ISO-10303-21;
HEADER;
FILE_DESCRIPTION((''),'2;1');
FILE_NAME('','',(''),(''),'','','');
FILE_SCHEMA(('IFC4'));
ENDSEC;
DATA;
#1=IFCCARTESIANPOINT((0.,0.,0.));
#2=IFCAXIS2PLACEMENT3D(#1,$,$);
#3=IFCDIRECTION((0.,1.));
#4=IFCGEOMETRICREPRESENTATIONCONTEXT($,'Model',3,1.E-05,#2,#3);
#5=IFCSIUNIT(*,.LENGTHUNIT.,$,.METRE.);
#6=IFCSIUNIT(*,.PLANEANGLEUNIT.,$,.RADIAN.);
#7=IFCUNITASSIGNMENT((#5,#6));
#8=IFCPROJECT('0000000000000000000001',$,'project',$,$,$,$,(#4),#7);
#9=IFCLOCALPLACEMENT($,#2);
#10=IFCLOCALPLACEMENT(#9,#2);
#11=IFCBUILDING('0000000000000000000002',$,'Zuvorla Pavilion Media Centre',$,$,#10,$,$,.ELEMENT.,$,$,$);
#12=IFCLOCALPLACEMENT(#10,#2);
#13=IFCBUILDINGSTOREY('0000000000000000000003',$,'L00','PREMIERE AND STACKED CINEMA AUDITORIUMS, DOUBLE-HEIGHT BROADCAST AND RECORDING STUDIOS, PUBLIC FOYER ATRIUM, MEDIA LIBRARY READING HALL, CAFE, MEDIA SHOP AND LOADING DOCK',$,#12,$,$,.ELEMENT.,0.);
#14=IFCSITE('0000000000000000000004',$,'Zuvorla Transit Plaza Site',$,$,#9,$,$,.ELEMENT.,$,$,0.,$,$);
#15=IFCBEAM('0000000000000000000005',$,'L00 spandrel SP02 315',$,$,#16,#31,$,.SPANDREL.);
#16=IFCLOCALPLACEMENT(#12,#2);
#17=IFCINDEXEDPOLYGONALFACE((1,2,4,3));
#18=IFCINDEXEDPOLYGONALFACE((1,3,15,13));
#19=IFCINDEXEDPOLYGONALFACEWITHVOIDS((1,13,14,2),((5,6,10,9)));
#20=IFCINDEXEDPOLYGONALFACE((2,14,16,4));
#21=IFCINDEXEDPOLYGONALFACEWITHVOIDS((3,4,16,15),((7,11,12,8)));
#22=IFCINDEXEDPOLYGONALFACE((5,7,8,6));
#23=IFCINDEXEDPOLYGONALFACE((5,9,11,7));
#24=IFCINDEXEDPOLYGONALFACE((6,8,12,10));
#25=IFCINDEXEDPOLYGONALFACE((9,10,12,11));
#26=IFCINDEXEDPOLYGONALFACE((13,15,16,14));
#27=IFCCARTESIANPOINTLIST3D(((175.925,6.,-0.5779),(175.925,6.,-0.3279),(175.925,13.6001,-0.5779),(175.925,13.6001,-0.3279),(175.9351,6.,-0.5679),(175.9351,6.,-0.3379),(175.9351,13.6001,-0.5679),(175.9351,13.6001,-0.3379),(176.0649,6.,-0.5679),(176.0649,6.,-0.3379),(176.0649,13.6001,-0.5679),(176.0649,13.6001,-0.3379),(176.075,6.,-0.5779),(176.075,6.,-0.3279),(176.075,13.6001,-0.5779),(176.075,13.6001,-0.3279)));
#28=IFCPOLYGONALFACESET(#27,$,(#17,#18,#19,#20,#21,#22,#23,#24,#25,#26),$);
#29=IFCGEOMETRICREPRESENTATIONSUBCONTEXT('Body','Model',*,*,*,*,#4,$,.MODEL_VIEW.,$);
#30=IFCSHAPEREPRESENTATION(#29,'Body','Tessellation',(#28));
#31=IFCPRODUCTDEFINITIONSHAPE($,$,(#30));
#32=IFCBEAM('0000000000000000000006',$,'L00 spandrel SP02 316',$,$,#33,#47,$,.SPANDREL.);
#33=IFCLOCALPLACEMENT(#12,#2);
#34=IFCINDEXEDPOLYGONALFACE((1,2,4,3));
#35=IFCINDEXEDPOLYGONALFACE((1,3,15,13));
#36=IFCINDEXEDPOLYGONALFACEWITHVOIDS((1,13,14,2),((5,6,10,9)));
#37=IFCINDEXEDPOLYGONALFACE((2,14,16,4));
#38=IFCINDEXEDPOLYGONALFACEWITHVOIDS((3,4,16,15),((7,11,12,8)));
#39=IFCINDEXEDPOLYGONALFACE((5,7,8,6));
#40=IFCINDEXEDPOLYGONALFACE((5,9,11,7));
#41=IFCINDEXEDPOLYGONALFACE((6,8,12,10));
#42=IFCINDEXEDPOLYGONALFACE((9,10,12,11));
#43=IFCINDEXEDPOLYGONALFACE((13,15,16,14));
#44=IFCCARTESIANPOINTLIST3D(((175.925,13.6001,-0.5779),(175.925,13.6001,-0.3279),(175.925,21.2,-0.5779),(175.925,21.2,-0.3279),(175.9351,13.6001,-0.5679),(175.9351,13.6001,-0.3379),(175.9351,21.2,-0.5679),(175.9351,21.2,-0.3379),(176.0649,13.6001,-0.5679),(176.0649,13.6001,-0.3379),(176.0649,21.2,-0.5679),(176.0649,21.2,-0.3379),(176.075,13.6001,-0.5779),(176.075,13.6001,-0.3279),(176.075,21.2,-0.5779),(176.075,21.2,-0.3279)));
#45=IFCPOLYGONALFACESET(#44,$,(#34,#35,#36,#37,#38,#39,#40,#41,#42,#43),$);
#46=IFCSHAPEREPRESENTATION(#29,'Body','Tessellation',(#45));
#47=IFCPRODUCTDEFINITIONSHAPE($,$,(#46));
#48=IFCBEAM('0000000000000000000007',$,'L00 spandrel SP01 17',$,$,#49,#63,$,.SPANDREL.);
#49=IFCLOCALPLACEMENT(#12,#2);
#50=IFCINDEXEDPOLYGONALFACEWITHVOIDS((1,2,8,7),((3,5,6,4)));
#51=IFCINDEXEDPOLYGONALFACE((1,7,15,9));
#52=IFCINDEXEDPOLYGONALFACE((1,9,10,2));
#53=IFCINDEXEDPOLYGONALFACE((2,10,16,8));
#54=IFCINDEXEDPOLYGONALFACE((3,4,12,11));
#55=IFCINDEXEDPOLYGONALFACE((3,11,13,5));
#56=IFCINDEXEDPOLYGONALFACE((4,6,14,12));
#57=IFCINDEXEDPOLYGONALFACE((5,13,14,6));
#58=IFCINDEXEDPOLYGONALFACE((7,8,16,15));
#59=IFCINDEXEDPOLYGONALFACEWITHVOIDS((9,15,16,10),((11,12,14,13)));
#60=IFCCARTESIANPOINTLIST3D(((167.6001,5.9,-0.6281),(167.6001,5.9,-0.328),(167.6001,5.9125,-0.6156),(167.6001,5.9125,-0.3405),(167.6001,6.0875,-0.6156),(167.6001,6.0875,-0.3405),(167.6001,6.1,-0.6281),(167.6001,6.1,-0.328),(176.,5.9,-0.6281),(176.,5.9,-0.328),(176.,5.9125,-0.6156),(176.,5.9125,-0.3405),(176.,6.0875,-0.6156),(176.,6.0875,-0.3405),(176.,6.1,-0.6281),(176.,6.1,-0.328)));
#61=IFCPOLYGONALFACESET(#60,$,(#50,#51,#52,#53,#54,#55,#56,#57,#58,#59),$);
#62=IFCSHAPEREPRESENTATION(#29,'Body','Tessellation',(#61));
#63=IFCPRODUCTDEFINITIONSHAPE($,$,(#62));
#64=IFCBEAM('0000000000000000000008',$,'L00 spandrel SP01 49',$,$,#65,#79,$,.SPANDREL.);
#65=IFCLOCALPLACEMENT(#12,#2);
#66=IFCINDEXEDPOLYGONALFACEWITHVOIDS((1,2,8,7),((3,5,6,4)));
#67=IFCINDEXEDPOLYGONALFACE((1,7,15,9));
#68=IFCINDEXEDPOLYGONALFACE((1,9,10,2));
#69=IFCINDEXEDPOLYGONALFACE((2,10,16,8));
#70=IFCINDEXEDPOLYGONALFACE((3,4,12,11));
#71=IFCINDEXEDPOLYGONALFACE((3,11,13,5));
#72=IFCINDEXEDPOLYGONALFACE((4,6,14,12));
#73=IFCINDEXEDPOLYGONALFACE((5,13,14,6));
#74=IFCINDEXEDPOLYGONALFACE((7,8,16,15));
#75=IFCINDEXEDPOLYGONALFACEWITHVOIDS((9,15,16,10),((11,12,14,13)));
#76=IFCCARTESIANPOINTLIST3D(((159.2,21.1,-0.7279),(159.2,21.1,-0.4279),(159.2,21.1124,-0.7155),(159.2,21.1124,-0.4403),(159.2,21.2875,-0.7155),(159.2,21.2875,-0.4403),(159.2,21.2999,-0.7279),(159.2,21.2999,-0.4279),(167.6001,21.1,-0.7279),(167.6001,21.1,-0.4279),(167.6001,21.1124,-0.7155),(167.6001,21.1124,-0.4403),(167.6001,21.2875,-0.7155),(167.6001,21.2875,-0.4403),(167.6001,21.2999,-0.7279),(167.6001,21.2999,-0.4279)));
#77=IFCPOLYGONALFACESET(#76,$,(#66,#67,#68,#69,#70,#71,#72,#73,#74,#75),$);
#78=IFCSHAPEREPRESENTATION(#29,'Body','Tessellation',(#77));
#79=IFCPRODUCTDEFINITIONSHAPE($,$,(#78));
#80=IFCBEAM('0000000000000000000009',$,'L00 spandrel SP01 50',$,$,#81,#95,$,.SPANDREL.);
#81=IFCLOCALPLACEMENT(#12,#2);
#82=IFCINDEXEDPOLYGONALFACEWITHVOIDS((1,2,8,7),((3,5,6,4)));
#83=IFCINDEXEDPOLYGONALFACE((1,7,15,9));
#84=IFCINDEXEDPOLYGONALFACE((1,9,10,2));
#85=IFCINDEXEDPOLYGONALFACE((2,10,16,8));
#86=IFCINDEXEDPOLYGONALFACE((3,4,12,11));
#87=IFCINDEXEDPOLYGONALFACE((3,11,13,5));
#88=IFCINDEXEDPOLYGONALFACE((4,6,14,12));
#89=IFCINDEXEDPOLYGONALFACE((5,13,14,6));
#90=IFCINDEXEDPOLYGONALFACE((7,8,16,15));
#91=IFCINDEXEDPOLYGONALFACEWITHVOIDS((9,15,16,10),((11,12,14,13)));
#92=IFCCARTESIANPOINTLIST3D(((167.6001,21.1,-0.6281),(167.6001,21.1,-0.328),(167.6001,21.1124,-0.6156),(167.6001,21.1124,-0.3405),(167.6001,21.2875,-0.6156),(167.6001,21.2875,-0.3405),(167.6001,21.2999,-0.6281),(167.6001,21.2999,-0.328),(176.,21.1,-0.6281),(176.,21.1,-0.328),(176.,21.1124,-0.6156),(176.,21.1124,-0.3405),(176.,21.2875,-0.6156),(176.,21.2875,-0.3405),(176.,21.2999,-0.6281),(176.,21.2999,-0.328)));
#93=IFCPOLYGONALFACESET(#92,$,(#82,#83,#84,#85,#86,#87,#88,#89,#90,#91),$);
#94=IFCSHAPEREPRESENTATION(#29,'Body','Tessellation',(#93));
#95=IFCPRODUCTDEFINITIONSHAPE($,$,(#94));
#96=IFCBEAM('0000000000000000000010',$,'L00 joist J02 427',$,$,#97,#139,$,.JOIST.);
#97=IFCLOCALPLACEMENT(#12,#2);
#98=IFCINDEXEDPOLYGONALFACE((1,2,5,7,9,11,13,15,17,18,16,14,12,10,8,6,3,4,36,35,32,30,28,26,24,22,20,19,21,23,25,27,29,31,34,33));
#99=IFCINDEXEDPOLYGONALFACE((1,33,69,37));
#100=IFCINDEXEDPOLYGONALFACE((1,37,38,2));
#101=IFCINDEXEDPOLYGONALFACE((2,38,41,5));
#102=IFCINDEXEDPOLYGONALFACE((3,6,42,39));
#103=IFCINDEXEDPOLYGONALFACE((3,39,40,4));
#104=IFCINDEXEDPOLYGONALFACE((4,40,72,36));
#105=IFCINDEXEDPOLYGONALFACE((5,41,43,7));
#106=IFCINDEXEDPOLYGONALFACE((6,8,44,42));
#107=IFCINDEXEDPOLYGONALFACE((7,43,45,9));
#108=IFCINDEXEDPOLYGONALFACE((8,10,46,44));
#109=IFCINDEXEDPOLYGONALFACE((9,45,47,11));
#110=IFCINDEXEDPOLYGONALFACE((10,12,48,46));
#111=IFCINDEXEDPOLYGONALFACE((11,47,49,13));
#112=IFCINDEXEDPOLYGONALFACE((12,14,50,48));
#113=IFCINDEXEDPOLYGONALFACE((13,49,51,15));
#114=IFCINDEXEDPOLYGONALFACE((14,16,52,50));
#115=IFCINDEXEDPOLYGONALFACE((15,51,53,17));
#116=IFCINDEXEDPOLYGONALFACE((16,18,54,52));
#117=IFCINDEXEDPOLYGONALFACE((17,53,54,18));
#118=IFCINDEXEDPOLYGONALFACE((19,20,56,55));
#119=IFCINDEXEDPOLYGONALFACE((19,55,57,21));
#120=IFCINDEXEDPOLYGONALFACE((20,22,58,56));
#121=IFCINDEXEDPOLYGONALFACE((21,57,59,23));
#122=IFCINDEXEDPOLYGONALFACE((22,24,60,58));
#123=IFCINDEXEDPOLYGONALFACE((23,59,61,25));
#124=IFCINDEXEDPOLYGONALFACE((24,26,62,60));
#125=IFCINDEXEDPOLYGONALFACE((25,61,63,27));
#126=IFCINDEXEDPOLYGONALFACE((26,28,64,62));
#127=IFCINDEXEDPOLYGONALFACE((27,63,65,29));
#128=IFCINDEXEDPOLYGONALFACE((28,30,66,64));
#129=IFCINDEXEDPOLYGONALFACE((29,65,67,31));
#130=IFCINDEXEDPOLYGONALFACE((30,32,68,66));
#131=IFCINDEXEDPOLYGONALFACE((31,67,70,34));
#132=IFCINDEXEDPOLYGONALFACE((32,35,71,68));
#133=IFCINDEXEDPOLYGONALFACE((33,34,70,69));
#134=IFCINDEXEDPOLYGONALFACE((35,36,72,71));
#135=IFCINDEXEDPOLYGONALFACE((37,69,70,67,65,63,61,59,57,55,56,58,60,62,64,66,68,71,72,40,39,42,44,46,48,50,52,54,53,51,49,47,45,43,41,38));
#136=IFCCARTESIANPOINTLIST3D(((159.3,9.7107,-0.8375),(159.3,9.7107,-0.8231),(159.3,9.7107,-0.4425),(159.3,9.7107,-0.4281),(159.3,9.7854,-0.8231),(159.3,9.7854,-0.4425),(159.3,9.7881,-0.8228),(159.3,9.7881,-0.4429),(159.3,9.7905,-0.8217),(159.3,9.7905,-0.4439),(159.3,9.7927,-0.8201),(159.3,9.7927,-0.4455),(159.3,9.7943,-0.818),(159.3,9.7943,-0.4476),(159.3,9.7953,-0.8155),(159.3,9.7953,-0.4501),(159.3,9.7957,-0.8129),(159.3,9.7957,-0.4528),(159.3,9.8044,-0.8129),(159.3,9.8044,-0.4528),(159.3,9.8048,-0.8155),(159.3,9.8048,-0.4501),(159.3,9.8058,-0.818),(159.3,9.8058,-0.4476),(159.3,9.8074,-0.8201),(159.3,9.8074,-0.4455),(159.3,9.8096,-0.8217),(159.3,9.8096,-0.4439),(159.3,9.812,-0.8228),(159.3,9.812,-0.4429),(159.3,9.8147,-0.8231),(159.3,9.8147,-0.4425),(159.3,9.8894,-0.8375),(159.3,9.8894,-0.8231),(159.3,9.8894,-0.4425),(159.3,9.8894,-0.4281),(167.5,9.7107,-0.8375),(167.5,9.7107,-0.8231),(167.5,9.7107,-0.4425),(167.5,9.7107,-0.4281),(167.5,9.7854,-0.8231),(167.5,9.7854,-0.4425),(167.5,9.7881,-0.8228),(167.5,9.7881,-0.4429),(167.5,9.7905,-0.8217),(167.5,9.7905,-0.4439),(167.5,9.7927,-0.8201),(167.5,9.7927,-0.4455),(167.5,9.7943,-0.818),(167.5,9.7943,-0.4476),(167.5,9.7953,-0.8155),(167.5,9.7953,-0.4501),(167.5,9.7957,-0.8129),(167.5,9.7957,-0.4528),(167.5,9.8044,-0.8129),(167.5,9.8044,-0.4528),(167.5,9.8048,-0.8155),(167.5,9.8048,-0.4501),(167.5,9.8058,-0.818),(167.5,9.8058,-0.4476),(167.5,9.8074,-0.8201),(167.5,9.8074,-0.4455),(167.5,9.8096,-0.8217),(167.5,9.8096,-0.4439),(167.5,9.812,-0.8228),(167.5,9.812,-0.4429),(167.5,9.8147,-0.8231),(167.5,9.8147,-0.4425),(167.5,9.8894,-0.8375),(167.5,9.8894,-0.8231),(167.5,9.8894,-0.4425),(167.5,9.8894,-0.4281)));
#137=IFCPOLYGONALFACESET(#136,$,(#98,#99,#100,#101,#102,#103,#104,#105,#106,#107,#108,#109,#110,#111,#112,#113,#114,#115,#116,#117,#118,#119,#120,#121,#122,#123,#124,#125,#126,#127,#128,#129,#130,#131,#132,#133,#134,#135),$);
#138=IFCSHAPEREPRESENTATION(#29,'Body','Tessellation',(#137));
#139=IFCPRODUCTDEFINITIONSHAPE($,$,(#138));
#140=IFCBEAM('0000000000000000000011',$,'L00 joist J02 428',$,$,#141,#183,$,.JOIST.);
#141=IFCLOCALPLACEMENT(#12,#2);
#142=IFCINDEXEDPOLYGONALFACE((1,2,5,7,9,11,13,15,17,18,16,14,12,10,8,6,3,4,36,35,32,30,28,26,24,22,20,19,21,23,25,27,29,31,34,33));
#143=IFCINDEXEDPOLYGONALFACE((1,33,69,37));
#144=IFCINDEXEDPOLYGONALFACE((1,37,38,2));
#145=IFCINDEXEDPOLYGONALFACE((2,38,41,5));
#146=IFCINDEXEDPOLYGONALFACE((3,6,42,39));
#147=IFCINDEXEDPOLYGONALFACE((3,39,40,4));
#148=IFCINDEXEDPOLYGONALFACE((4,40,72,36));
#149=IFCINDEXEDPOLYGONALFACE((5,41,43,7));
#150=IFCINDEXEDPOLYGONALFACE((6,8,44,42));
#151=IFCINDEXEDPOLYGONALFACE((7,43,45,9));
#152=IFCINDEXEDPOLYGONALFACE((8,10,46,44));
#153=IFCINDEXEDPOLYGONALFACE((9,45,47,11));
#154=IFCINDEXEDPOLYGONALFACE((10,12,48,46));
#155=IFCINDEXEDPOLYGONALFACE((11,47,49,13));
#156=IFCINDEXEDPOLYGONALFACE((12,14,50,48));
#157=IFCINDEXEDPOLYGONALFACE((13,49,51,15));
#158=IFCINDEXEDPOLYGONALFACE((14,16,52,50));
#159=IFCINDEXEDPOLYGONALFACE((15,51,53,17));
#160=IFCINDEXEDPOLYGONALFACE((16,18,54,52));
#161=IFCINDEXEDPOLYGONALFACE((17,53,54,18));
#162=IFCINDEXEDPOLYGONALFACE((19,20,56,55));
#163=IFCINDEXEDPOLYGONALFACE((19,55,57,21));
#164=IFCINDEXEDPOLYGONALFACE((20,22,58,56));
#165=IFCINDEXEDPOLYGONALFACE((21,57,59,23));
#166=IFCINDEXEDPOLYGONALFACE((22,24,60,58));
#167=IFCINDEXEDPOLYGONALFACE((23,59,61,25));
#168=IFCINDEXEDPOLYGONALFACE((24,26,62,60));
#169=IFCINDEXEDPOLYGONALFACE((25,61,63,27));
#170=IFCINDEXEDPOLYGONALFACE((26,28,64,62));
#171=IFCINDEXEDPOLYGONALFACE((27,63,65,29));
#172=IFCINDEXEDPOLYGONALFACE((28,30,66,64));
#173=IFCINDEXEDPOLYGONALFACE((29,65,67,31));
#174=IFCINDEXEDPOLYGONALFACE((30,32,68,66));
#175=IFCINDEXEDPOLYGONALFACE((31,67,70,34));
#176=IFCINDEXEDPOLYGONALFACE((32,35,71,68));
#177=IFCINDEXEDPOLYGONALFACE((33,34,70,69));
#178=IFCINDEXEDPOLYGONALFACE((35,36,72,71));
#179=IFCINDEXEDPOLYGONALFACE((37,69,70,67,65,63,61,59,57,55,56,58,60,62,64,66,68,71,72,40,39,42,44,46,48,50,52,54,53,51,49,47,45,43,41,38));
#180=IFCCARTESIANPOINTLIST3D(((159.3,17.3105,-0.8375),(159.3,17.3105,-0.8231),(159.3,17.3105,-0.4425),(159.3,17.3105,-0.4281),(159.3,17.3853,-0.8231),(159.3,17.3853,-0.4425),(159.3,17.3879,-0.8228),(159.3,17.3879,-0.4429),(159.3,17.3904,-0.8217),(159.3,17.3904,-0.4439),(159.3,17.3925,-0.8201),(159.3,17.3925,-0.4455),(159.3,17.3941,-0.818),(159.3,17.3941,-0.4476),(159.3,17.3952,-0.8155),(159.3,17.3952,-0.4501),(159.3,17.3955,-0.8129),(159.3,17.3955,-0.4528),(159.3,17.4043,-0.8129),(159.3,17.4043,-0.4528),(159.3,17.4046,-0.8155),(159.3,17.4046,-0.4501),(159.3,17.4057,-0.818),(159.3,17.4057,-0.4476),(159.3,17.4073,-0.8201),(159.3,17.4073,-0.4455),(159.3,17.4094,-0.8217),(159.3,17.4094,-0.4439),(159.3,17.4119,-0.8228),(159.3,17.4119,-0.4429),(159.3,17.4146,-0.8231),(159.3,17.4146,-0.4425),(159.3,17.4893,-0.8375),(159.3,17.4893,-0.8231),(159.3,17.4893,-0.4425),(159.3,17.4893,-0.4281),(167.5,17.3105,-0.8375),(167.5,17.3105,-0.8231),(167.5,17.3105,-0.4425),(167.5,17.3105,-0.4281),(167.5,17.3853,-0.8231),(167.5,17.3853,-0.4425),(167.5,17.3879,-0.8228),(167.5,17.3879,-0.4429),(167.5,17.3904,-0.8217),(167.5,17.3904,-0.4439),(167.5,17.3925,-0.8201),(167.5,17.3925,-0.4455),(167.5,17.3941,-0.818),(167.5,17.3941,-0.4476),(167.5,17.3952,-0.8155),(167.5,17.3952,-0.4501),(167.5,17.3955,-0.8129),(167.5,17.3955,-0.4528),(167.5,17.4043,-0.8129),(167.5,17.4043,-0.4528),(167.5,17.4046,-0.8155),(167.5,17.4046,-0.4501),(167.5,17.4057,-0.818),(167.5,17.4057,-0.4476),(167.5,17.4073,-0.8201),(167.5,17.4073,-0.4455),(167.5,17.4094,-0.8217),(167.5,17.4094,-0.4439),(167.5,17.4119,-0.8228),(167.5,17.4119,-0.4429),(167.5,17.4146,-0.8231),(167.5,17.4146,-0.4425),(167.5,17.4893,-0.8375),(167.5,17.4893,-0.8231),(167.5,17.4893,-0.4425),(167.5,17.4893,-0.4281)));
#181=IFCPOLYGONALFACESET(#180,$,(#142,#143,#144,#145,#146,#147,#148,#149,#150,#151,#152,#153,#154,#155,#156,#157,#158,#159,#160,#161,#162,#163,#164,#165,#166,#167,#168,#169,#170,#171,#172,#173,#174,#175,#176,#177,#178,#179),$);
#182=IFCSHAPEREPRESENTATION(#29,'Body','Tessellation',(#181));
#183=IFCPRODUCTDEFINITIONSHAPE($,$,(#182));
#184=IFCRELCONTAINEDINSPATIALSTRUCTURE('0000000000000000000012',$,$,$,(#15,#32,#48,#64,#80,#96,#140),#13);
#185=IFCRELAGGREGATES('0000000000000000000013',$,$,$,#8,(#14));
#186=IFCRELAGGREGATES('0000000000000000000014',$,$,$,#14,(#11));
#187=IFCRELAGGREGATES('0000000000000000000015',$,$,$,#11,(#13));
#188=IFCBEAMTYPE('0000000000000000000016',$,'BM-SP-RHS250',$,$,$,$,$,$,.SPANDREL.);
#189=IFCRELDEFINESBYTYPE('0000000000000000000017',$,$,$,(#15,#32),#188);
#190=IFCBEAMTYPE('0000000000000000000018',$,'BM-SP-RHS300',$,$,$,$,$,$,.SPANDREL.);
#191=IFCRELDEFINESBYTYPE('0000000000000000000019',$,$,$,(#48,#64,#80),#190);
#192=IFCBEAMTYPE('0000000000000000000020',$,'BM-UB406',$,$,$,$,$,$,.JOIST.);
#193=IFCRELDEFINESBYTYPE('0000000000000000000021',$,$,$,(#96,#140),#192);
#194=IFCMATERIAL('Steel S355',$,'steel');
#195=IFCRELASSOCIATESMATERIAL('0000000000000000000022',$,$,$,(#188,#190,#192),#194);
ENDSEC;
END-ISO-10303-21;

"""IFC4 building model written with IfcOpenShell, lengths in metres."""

from ifc_helpers import new_model, si_unit, direction, frame, origin, origin_2d, place, context, subcontext, project, spatial, hollow_rectangle, i_section, extrude, material, material_profile, profile_set, type_object, element, save


model = new_model("IFC4")

# Units and contexts
model_context = context("Model", 3, precision=1e-05, world=origin(), true_north=direction((0.0, 1.0)))
body_context = subcontext(model_context, "Body", "Model", "MODEL_VIEW")
ifc_project = project(units=[si_unit("LENGTHUNIT", "METRE"), si_unit("PLANEANGLEUNIT", "RADIAN")], contexts=[model_context])

# Site, building, storey
site_placement = place(None, origin())
site = spatial("IfcSite", under=ifc_project, at=site_placement, Name="Zuvorla Transit Plaza Site", CompositionType="ELEMENT", RefElevation=0.0)
building_placement = place(site_placement, origin())
building = spatial("IfcBuilding", under=site, at=building_placement, Name="Zuvorla Pavilion Media Centre", CompositionType="ELEMENT")
storey_placement = place(building_placement, origin())
storey = spatial("IfcBuildingStorey", under=building, at=storey_placement, Name="L00", Description="PREMIERE AND STACKED CINEMA AUDITORIUMS, DOUBLE-HEIGHT BROADCAST AND RECORDING STUDIOS, PUBLIC FOYER ATRIUM, MEDIA LIBRARY READING HALL, CAFE, MEDIA SHOP AND LOADING DOCK", CompositionType="ELEMENT", Elevation=0.0)

# Beams
ifc_material_1 = material(Name="Steel S355", Category="steel")
ifc_material_profile_1 = material_profile(ifc_material_1, hollow_rectangle(XDim=0.1499, YDim=0.25, WallThickness=0.01, at=origin_2d()), Name="RHS 250x150x10")
ifc_profile_set_1 = profile_set([ifc_material_profile_1], Name="Steel S355")
beam_type_1 = type_object("IfcBeamType", Name="BM-SP-RHS250", PredefinedType="SPANDREL", material=ifc_profile_set_1)
beam_1_placement = place(storey_placement, frame((176.0, 6.0, -0.4529), z_axis=(0.0, 1.0, 0.0), x_axis=(-1.0, 0.0, 0.0)))
element("IfcBeam", 1, at=beam_1_placement, inside=storey, type_object=beam_type_1, Name="L00 spandrel SP02 315", PredefinedType="SPANDREL", context=body_context, shape_type="SweptSolid", body=[
    extrude(hollow_rectangle(XDim=0.1499, YDim=0.25, WallThickness=0.01, at=origin_2d()), origin(), (0.0, 0.0, 1.0), 7.6001),
])
beam_2_placement = place(storey_placement, frame((176.0, 13.6001, -0.4529), z_axis=(0.0, 1.0, 0.0), x_axis=(-1.0, 0.0, 0.0)))
element("IfcBeam", 2, at=beam_2_placement, inside=storey, type_object=beam_type_1, Name="L00 spandrel SP02 316", PredefinedType="SPANDREL", context=body_context, shape_type="SweptSolid", body=[
    extrude(hollow_rectangle(XDim=0.1499, YDim=0.25, WallThickness=0.01, at=origin_2d()), origin(), (0.0, 0.0, 1.0), 7.5999),
])
ifc_material_profile_2 = material_profile(ifc_material_1, hollow_rectangle(XDim=0.2, YDim=0.3, WallThickness=0.0125, at=origin_2d()), Name="RHS 300x200x12.5")
ifc_profile_set_2 = profile_set([ifc_material_profile_2], Name="Steel S355")
beam_type_2 = type_object("IfcBeamType", Name="BM-SP-RHS300", PredefinedType="SPANDREL", material=ifc_profile_set_2)
beam_3_placement = place(storey_placement, frame((167.6001, 6.0, -0.478), z_axis=(1.0, 0.0, 0.0), x_axis=(0.0, 1.0, 0.0)))
element("IfcBeam", 3, at=beam_3_placement, inside=storey, type_object=beam_type_2, Name="L00 spandrel SP01 17", PredefinedType="SPANDREL", context=body_context, shape_type="SweptSolid", body=[
    extrude(hollow_rectangle(XDim=0.2, YDim=0.3, WallThickness=0.0125, at=origin_2d()), origin(), (0.0, 0.0, 1.0), 8.3999),
])
beam_4_placement = place(storey_placement, frame((159.2, 21.2, -0.5779), z_axis=(1.0, 0.0, 0.0), x_axis=(0.0, 1.0, 0.0)))
element("IfcBeam", 4, at=beam_4_placement, inside=storey, type_object=beam_type_2, Name="L00 spandrel SP01 49", PredefinedType="SPANDREL", context=body_context, shape_type="SweptSolid", body=[
    extrude(hollow_rectangle(XDim=0.2, YDim=0.3, WallThickness=0.0125, at=origin_2d()), origin(), (0.0, 0.0, 1.0), 8.4001),
])
beam_5_placement = place(storey_placement, frame((167.6001, 21.2, -0.478), z_axis=(1.0, 0.0, 0.0), x_axis=(0.0, 1.0, 0.0)))
element("IfcBeam", 5, at=beam_5_placement, inside=storey, type_object=beam_type_2, Name="L00 spandrel SP01 50", PredefinedType="SPANDREL", context=body_context, shape_type="SweptSolid", body=[
    extrude(hollow_rectangle(XDim=0.2, YDim=0.3, WallThickness=0.0125, at=origin_2d()), origin(), (0.0, 0.0, 1.0), 8.3999),
])
ifc_material_profile_3 = material_profile(ifc_material_1, i_section(OverallWidth=0.1787, OverallDepth=0.4094, WebThickness=0.0088, FlangeThickness=0.0144, FilletRadius=0.0103, at=origin_2d()), Name="UB 406x178x67")
ifc_profile_set_3 = profile_set([ifc_material_profile_3], Name="Steel S355")
beam_type_3 = type_object("IfcBeamType", Name="BM-UB406", PredefinedType="JOIST", material=ifc_profile_set_3)
for number, where, z_axis, x_axis, name in (
    (6, (159.3, 9.8, -0.6328), (1.0, 0.0, 0.0), (0.0, 1.0, 0.0), "L00 joist J02 427"),
    (7, (159.3, 17.3999, -0.6328), (1.0, 0.0, 0.0), (0.0, 1.0, 0.0), "L00 joist J02 428"),
):
    element("IfcBeam", number, at=place(storey_placement, frame(where, z_axis=z_axis, x_axis=x_axis)), inside=storey, type_object=beam_type_3, Name=name, PredefinedType="JOIST", context=body_context, shape_type="SweptSolid", body=[
        extrude(i_section(OverallWidth=0.1787, OverallDepth=0.4094, WebThickness=0.0088, FlangeThickness=0.0144, FilletRadius=0.0103, at=origin_2d()), origin(), (0.0, 0.0, 1.0), 8.2),
    ])

save(model, "model.ifc")
